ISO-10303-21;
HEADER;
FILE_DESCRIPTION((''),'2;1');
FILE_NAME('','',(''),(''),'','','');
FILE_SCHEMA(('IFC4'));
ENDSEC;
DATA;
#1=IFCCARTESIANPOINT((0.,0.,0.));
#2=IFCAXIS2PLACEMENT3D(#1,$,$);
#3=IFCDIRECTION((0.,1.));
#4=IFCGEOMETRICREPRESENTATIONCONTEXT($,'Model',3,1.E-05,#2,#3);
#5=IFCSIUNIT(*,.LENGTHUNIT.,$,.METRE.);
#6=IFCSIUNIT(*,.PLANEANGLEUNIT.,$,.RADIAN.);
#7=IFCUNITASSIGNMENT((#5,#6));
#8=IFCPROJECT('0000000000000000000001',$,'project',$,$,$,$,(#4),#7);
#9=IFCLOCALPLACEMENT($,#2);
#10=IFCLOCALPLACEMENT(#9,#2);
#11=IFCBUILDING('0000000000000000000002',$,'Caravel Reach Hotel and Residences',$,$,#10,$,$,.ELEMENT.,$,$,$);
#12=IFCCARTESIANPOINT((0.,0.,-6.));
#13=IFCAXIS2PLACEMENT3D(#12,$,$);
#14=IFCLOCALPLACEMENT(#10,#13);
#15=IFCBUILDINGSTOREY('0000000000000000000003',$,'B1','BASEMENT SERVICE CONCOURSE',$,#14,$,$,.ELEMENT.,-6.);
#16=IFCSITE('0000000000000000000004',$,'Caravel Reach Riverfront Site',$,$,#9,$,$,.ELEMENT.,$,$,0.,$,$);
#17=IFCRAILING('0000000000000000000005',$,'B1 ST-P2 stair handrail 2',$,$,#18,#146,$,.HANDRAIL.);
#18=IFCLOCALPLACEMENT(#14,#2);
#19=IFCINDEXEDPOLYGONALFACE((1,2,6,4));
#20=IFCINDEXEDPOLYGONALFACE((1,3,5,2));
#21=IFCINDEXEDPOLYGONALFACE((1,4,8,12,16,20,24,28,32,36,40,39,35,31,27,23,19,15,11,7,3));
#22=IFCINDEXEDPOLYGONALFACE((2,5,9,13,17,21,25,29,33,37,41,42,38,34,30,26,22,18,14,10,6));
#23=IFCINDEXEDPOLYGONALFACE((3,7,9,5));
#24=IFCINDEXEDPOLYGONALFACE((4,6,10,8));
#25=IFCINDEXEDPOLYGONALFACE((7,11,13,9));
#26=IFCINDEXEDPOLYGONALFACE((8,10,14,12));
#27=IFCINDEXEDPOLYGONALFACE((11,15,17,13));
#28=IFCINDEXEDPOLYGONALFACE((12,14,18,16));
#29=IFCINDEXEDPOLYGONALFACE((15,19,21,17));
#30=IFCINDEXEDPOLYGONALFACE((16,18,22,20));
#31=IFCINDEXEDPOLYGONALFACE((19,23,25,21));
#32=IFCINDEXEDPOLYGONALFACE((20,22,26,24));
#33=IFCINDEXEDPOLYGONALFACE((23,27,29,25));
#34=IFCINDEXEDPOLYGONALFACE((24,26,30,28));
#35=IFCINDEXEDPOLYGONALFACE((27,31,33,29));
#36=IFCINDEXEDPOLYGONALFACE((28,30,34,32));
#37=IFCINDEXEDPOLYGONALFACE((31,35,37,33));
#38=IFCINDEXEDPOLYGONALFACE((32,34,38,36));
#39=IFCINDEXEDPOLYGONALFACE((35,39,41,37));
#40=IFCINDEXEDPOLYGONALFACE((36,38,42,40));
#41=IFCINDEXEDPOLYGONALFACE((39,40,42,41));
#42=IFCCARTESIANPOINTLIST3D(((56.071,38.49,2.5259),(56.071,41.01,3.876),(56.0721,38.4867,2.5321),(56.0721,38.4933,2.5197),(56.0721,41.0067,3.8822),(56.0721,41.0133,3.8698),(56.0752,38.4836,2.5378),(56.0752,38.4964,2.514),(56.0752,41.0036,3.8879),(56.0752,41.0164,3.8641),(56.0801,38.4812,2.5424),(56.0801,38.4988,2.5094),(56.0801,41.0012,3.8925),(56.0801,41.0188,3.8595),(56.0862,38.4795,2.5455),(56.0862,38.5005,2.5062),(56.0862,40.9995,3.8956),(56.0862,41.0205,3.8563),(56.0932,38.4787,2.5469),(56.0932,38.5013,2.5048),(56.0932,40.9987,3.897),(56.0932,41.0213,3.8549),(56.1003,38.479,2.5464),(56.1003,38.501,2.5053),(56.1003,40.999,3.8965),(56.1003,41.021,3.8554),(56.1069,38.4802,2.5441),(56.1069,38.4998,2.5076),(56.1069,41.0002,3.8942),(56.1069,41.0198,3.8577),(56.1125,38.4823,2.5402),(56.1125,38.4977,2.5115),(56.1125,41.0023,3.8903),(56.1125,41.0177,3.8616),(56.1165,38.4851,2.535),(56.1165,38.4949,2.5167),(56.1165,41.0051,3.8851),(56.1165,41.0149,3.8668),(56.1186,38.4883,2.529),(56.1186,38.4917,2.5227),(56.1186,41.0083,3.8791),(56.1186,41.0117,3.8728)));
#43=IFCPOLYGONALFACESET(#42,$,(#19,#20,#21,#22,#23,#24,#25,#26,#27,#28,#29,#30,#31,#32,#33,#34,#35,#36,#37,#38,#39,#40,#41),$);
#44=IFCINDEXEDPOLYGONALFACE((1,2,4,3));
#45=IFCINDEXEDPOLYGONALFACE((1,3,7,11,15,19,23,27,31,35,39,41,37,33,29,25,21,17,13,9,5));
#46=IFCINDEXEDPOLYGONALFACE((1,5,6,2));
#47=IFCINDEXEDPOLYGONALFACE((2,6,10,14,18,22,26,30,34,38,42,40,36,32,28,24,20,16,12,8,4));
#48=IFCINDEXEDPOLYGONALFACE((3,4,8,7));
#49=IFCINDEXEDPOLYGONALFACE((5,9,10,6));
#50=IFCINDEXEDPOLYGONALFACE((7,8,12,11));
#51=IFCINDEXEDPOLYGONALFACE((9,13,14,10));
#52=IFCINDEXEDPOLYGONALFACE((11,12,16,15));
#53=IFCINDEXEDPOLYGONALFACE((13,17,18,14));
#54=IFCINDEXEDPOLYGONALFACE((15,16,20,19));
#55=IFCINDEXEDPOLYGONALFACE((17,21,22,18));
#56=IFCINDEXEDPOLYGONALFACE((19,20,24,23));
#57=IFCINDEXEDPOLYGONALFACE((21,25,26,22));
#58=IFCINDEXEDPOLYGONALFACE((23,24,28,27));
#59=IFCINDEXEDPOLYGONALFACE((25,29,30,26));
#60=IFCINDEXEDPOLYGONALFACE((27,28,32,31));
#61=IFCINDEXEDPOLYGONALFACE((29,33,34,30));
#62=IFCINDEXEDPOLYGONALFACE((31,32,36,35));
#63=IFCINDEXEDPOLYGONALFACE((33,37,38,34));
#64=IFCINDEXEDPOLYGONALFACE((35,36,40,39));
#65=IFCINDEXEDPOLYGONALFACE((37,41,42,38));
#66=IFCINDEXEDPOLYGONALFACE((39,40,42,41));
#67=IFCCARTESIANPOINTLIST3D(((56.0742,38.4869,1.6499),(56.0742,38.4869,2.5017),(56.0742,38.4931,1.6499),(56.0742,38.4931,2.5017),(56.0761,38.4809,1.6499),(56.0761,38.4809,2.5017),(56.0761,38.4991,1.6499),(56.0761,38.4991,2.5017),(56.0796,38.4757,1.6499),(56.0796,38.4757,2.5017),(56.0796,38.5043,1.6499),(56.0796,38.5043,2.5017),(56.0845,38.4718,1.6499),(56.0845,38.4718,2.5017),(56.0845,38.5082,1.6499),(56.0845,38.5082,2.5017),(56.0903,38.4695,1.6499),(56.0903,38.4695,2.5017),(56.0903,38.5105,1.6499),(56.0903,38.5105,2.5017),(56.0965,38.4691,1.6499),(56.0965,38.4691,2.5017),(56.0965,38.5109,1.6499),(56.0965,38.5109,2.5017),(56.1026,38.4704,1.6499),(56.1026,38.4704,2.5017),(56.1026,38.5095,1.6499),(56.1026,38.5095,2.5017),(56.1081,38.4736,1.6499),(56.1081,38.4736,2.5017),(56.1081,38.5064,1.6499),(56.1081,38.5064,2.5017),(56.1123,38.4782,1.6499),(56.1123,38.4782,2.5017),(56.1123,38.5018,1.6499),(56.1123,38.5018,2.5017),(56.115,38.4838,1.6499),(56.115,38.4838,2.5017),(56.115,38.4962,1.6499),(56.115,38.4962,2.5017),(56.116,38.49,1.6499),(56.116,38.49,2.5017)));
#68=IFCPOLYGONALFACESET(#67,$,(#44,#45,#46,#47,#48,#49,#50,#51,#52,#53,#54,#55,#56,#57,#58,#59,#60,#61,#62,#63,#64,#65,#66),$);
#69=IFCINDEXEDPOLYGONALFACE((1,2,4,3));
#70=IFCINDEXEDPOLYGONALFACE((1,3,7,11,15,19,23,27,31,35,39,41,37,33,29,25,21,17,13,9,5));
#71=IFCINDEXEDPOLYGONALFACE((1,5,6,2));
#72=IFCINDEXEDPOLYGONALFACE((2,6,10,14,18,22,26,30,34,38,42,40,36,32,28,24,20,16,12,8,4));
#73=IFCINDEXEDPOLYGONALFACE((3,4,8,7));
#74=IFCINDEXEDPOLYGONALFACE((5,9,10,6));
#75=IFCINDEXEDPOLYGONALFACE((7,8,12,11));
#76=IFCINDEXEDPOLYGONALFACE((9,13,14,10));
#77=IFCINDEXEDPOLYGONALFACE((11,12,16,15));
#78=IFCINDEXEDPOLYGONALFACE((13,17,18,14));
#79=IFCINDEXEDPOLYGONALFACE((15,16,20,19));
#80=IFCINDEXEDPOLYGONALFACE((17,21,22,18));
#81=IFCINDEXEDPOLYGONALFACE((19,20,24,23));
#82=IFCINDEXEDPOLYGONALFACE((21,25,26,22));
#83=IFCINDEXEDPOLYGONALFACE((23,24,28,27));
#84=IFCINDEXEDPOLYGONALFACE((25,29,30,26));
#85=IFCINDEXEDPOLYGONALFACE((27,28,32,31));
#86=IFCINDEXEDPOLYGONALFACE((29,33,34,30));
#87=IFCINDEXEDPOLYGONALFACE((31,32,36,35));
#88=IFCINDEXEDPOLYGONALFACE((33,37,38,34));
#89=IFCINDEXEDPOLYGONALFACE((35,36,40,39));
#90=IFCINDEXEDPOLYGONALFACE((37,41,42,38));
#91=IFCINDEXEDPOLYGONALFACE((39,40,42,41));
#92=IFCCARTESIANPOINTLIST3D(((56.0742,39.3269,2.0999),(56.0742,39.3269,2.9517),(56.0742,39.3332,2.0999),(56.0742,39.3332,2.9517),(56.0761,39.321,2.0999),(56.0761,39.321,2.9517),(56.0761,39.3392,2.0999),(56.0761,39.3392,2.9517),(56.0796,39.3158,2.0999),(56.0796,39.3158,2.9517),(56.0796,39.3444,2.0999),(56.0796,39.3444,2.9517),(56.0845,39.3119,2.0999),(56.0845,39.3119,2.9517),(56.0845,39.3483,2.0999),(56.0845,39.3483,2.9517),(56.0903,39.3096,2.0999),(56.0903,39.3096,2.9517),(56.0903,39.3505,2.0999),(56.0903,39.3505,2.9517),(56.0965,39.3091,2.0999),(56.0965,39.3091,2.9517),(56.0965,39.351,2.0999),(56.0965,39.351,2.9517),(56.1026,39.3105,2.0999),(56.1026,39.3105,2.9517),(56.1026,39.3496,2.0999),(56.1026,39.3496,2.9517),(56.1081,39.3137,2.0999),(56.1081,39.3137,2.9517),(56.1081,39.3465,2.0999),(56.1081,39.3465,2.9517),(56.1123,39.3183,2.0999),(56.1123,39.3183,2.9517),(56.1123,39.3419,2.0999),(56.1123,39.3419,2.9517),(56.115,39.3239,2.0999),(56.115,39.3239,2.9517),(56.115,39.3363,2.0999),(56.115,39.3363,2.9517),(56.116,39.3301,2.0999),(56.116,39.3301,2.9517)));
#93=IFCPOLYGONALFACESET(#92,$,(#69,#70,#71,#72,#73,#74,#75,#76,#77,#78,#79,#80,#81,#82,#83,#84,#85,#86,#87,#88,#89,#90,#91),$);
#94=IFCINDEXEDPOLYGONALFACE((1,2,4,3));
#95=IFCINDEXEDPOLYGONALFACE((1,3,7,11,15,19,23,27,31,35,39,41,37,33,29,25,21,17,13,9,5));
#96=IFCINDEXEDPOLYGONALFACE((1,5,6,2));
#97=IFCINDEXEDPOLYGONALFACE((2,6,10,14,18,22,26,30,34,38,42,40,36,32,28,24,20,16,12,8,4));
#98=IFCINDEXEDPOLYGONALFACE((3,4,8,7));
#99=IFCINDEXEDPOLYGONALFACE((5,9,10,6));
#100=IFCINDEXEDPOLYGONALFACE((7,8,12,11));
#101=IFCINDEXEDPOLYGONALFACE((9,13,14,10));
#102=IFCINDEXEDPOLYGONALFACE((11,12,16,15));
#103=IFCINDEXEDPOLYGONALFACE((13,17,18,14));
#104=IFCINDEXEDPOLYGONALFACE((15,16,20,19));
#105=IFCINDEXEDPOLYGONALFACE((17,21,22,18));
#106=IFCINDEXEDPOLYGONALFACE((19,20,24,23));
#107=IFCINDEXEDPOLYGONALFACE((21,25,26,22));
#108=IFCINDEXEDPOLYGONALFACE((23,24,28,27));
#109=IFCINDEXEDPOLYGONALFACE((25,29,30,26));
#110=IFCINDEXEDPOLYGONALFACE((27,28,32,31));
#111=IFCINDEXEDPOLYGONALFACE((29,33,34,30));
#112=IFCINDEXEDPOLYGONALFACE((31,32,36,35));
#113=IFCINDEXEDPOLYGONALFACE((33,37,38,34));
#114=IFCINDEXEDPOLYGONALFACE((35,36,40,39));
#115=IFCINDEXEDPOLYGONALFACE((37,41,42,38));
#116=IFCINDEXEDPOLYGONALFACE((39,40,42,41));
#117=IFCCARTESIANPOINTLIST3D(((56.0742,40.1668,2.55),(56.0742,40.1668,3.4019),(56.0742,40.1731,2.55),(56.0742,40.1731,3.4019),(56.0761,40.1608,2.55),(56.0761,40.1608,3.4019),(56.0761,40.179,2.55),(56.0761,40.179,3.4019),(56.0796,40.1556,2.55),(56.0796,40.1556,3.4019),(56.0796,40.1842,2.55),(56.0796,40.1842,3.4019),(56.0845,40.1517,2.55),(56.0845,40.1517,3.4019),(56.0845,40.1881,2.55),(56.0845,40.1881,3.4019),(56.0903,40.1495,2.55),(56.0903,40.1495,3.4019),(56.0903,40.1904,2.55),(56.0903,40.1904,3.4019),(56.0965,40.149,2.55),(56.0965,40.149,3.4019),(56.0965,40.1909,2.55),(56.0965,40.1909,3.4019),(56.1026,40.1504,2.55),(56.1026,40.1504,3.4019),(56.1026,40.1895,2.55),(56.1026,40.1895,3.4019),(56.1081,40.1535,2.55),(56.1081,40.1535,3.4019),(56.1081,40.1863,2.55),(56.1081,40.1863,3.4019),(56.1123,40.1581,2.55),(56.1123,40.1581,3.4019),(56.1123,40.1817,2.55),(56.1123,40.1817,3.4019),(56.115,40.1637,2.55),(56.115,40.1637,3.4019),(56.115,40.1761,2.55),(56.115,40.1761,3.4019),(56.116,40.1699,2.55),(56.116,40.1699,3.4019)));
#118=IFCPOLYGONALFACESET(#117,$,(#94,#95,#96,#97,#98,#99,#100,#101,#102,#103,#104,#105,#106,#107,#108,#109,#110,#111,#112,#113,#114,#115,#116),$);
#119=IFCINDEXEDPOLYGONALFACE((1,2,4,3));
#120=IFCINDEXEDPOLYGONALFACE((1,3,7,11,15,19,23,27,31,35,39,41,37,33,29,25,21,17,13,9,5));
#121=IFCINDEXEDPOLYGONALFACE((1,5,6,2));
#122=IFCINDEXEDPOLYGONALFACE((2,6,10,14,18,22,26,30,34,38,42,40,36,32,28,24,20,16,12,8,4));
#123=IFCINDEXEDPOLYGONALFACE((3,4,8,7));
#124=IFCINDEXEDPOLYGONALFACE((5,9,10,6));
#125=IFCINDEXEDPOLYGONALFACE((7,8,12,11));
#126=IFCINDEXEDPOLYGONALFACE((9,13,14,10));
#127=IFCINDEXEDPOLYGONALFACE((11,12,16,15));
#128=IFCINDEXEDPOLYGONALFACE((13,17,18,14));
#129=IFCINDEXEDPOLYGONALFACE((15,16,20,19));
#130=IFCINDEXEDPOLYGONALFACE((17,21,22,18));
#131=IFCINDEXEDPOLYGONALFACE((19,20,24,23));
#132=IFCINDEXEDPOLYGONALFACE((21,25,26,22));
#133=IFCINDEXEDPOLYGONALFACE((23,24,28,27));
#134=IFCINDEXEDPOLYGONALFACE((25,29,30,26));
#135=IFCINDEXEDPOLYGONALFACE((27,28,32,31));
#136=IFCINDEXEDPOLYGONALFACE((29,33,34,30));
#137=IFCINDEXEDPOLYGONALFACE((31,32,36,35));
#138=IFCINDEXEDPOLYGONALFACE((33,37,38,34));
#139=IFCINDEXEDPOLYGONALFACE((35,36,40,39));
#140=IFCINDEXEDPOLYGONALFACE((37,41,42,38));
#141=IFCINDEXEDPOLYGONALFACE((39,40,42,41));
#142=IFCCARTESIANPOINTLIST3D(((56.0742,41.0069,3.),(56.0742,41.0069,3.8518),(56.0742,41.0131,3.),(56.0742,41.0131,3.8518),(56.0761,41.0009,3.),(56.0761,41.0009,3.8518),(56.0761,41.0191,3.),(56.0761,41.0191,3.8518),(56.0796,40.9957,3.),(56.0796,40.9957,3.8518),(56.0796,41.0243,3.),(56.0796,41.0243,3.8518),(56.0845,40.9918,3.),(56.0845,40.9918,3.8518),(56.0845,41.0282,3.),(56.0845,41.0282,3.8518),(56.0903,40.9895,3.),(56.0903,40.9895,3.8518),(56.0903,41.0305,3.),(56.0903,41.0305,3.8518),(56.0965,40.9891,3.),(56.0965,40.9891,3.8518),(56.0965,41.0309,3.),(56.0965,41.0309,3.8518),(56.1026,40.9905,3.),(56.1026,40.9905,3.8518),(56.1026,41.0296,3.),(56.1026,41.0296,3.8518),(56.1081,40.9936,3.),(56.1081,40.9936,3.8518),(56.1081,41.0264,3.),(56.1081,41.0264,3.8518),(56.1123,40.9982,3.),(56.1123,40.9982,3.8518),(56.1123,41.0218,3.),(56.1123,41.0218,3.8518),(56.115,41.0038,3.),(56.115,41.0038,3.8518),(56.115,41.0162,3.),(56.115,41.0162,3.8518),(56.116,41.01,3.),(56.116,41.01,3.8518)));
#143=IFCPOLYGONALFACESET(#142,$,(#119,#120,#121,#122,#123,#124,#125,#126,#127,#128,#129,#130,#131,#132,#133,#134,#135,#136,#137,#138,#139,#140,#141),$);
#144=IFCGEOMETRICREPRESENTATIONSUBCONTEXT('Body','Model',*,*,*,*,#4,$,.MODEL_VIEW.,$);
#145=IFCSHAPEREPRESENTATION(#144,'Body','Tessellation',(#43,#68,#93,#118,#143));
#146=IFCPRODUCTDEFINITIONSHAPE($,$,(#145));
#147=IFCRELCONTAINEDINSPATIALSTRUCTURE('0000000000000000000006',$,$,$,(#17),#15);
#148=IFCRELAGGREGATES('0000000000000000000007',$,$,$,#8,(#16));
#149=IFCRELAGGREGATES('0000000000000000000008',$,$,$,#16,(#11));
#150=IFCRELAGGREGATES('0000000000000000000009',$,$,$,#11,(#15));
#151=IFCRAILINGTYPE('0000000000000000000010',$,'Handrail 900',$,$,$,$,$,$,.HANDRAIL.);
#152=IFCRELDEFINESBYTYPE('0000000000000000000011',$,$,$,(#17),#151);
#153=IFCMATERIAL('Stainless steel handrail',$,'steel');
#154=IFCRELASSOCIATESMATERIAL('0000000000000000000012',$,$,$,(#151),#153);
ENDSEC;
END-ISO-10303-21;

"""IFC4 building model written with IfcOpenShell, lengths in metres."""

from ifc_helpers import new_model, si_unit, direction, frame, origin, origin_2d, place, context, subcontext, project, spatial, circle, extrude, material, type_object, element, save


model = new_model("IFC4")

# Units and contexts
model_context = context("Model", 3, precision=1e-05, world=origin(), true_north=direction((0.0, 1.0)))
body_context = subcontext(model_context, "Body", "Model", "MODEL_VIEW")
ifc_project = project(units=[si_unit("LENGTHUNIT", "METRE"), si_unit("PLANEANGLEUNIT", "RADIAN")], contexts=[model_context])

# Site, building, storey
site_placement = place(None, origin())
site = spatial("IfcSite", under=ifc_project, at=site_placement, Name="Caravel Reach Riverfront Site", CompositionType="ELEMENT", RefElevation=0.0)
building_placement = place(site_placement, origin())
building = spatial("IfcBuilding", under=site, at=building_placement, Name="Caravel Reach Hotel and Residences", CompositionType="ELEMENT")
storey_placement = place(building_placement, frame((0.0, 0.0, -6.0)))
storey = spatial("IfcBuildingStorey", under=building, at=storey_placement, Name="B1", Description="BASEMENT SERVICE CONCOURSE", CompositionType="ELEMENT", Elevation=-6.0)

# Railing
ifc_material_1 = material(Name="Stainless steel handrail", Category="steel")
railing_type_1 = type_object("IfcRailingType", Name="Handrail 900", PredefinedType="HANDRAIL", material=ifc_material_1)
for number, where, name in (
    (1, (56.095, 38.49, 1.6499), "B1 ST-P2 stair handrail 2"),
):
    element("IfcRailing", number, at=place(storey_placement, frame(where)), inside=storey, type_object=railing_type_1, Name=name, PredefinedType="HANDRAIL", context=body_context, shape_type="SweptSolid", body=[
        extrude(circle(Radius=0.0239, at=origin_2d()), frame((0.0, 0.0, 0.876), z_axis=(0.0, 0.881467, 0.472245), x_axis=(-1.0, 0.0, 0.0)), (0.0, 0.0, 1.0), 2.8589),
        extrude(circle(Radius=0.021, at=origin_2d()), origin(), (0.0, 0.0, 1.0), 0.8518),
        extrude(circle(Radius=0.021, at=origin_2d()), frame((0.0, 0.8401, 0.45)), (0.0, 0.0, 1.0), 0.8518),
        extrude(circle(Radius=0.021, at=origin_2d()), frame((0.0, 1.6799, 0.9001)), (0.0, 0.0, 1.0), 0.8518),
        extrude(circle(Radius=0.021, at=origin_2d()), frame((0.0, 2.52, 1.3501)), (0.0, 0.0, 1.0), 0.8518),
    ])

save(model, "model.ifc")
